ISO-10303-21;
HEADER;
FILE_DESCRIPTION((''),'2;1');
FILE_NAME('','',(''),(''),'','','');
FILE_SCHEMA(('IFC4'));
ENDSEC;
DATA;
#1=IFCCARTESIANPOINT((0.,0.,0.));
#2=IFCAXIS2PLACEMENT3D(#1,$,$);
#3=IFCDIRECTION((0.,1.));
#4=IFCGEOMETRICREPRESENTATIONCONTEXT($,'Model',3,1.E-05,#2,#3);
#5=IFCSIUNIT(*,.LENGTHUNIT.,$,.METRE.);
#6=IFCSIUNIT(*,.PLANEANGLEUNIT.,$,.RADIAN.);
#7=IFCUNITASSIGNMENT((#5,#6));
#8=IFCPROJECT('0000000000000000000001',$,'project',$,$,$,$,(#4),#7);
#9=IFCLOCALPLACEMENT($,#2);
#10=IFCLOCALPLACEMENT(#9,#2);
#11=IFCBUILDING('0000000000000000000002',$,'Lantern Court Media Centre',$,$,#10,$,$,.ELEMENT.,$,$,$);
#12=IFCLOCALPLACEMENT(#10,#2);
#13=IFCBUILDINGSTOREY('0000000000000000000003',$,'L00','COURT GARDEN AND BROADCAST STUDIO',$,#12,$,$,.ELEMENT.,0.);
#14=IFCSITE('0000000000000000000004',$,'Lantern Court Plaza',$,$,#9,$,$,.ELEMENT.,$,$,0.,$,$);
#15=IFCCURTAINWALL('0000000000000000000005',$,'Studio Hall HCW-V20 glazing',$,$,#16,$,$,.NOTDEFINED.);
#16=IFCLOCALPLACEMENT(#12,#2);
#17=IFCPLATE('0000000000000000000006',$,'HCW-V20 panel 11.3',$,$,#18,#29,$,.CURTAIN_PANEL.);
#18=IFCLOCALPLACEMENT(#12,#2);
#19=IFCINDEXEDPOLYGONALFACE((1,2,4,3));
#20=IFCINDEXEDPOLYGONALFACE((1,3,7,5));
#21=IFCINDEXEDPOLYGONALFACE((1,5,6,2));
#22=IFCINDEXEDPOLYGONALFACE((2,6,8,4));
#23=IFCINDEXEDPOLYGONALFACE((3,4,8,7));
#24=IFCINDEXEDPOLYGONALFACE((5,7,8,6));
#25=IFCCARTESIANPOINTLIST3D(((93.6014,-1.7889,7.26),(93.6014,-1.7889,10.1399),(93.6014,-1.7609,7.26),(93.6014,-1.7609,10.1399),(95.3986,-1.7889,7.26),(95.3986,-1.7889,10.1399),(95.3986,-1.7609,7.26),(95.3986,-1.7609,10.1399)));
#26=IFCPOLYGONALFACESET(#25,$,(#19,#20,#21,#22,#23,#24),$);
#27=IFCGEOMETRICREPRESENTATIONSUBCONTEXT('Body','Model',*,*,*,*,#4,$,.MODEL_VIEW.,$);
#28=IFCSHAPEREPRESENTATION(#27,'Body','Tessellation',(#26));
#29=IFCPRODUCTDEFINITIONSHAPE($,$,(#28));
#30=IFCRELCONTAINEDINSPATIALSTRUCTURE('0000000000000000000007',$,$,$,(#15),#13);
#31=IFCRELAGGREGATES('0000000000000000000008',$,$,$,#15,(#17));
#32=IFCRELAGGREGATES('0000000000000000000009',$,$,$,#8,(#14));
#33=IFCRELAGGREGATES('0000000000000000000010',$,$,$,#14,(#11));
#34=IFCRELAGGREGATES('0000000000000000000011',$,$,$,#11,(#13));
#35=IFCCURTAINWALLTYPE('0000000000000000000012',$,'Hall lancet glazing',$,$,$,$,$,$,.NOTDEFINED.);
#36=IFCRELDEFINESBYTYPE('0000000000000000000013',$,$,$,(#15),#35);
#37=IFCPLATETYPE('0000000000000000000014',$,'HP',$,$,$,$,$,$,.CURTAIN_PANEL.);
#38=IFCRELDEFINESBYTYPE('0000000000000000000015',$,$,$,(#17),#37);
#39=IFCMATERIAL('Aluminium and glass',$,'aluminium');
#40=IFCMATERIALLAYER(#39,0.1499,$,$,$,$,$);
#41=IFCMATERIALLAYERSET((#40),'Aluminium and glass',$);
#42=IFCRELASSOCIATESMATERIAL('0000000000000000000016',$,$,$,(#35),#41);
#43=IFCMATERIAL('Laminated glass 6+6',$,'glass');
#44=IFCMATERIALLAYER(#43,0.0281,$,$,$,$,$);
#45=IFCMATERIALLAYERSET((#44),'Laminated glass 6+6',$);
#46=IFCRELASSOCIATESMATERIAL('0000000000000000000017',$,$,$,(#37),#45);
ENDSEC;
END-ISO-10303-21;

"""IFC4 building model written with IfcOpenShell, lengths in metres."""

from ifc_helpers import new_model, si_unit, direction, frame, origin, origin_2d, place, context, subcontext, project, spatial, rectangle, extrude, material, layer, layer_set, type_object, element, aggregate, save


model = new_model("IFC4")

# Units and contexts
model_context = context("Model", 3, precision=1e-05, world=origin(), true_north=direction((0.0, 1.0)))
body_context = subcontext(model_context, "Body", "Model", "MODEL_VIEW")
ifc_project = project(units=[si_unit("LENGTHUNIT", "METRE"), si_unit("PLANEANGLEUNIT", "RADIAN")], contexts=[model_context])

# Site, building, storey
site_placement = place(None, origin())
site = spatial("IfcSite", under=ifc_project, at=site_placement, Name="Lantern Court Plaza", CompositionType="ELEMENT", RefElevation=0.0)
building_placement = place(site_placement, origin())
building = spatial("IfcBuilding", under=site, at=building_placement, Name="Lantern Court Media Centre", CompositionType="ELEMENT")
storey_placement = place(building_placement, origin())
storey = spatial("IfcBuildingStorey", under=building, at=storey_placement, Name="L00", Description="COURT GARDEN AND BROADCAST STUDIO", CompositionType="ELEMENT", Elevation=0.0)

# Curtain wall
ifc_material_1 = material(Name="Aluminium and glass", Category="aluminium")
ifc_layer_1 = layer(ifc_material_1, 0.1499)
ifc_layer_set_1 = layer_set([ifc_layer_1], Name="Aluminium and glass")
curtain_wall_type = type_object("IfcCurtainWallType", Name="Hall lancet glazing", PredefinedType="NOTDEFINED", material=ifc_layer_set_1)
curtain_wall_placement = place(storey_placement, origin())
curtain_wall = element("IfcCurtainWall", 1, at=curtain_wall_placement, inside=storey, type_object=curtain_wall_type, Name="Studio Hall HCW-V20 glazing", PredefinedType="NOTDEFINED")

# Plate
ifc_material_2 = material(Name="Laminated glass 6+6", Category="glass")
ifc_layer_2 = layer(ifc_material_2, 0.0281)
ifc_layer_set_2 = layer_set([ifc_layer_2], Name="Laminated glass 6+6")
plate_type = type_object("IfcPlateType", Name="HP", PredefinedType="CURTAIN_PANEL", material=ifc_layer_set_2)
plate_1_placement = place(storey_placement, frame((94.5, -1.7749, 7.26), z_axis=(0.0, 0.0, 1.0), x_axis=(1.0, 0.0, 0.0)))
plate_1 = element("IfcPlate", 2, at=plate_1_placement, type_object=plate_type, Name="HCW-V20 panel 11.3", PredefinedType="CURTAIN_PANEL", context=body_context, shape_type="SweptSolid", body=[
    extrude(rectangle(XDim=1.7971, YDim=0.0281, at=origin_2d()), origin(), (0.0, 0.0, 1.0), 2.8799),
])
aggregate(curtain_wall, [plate_1])

save(model, "model.ifc")
